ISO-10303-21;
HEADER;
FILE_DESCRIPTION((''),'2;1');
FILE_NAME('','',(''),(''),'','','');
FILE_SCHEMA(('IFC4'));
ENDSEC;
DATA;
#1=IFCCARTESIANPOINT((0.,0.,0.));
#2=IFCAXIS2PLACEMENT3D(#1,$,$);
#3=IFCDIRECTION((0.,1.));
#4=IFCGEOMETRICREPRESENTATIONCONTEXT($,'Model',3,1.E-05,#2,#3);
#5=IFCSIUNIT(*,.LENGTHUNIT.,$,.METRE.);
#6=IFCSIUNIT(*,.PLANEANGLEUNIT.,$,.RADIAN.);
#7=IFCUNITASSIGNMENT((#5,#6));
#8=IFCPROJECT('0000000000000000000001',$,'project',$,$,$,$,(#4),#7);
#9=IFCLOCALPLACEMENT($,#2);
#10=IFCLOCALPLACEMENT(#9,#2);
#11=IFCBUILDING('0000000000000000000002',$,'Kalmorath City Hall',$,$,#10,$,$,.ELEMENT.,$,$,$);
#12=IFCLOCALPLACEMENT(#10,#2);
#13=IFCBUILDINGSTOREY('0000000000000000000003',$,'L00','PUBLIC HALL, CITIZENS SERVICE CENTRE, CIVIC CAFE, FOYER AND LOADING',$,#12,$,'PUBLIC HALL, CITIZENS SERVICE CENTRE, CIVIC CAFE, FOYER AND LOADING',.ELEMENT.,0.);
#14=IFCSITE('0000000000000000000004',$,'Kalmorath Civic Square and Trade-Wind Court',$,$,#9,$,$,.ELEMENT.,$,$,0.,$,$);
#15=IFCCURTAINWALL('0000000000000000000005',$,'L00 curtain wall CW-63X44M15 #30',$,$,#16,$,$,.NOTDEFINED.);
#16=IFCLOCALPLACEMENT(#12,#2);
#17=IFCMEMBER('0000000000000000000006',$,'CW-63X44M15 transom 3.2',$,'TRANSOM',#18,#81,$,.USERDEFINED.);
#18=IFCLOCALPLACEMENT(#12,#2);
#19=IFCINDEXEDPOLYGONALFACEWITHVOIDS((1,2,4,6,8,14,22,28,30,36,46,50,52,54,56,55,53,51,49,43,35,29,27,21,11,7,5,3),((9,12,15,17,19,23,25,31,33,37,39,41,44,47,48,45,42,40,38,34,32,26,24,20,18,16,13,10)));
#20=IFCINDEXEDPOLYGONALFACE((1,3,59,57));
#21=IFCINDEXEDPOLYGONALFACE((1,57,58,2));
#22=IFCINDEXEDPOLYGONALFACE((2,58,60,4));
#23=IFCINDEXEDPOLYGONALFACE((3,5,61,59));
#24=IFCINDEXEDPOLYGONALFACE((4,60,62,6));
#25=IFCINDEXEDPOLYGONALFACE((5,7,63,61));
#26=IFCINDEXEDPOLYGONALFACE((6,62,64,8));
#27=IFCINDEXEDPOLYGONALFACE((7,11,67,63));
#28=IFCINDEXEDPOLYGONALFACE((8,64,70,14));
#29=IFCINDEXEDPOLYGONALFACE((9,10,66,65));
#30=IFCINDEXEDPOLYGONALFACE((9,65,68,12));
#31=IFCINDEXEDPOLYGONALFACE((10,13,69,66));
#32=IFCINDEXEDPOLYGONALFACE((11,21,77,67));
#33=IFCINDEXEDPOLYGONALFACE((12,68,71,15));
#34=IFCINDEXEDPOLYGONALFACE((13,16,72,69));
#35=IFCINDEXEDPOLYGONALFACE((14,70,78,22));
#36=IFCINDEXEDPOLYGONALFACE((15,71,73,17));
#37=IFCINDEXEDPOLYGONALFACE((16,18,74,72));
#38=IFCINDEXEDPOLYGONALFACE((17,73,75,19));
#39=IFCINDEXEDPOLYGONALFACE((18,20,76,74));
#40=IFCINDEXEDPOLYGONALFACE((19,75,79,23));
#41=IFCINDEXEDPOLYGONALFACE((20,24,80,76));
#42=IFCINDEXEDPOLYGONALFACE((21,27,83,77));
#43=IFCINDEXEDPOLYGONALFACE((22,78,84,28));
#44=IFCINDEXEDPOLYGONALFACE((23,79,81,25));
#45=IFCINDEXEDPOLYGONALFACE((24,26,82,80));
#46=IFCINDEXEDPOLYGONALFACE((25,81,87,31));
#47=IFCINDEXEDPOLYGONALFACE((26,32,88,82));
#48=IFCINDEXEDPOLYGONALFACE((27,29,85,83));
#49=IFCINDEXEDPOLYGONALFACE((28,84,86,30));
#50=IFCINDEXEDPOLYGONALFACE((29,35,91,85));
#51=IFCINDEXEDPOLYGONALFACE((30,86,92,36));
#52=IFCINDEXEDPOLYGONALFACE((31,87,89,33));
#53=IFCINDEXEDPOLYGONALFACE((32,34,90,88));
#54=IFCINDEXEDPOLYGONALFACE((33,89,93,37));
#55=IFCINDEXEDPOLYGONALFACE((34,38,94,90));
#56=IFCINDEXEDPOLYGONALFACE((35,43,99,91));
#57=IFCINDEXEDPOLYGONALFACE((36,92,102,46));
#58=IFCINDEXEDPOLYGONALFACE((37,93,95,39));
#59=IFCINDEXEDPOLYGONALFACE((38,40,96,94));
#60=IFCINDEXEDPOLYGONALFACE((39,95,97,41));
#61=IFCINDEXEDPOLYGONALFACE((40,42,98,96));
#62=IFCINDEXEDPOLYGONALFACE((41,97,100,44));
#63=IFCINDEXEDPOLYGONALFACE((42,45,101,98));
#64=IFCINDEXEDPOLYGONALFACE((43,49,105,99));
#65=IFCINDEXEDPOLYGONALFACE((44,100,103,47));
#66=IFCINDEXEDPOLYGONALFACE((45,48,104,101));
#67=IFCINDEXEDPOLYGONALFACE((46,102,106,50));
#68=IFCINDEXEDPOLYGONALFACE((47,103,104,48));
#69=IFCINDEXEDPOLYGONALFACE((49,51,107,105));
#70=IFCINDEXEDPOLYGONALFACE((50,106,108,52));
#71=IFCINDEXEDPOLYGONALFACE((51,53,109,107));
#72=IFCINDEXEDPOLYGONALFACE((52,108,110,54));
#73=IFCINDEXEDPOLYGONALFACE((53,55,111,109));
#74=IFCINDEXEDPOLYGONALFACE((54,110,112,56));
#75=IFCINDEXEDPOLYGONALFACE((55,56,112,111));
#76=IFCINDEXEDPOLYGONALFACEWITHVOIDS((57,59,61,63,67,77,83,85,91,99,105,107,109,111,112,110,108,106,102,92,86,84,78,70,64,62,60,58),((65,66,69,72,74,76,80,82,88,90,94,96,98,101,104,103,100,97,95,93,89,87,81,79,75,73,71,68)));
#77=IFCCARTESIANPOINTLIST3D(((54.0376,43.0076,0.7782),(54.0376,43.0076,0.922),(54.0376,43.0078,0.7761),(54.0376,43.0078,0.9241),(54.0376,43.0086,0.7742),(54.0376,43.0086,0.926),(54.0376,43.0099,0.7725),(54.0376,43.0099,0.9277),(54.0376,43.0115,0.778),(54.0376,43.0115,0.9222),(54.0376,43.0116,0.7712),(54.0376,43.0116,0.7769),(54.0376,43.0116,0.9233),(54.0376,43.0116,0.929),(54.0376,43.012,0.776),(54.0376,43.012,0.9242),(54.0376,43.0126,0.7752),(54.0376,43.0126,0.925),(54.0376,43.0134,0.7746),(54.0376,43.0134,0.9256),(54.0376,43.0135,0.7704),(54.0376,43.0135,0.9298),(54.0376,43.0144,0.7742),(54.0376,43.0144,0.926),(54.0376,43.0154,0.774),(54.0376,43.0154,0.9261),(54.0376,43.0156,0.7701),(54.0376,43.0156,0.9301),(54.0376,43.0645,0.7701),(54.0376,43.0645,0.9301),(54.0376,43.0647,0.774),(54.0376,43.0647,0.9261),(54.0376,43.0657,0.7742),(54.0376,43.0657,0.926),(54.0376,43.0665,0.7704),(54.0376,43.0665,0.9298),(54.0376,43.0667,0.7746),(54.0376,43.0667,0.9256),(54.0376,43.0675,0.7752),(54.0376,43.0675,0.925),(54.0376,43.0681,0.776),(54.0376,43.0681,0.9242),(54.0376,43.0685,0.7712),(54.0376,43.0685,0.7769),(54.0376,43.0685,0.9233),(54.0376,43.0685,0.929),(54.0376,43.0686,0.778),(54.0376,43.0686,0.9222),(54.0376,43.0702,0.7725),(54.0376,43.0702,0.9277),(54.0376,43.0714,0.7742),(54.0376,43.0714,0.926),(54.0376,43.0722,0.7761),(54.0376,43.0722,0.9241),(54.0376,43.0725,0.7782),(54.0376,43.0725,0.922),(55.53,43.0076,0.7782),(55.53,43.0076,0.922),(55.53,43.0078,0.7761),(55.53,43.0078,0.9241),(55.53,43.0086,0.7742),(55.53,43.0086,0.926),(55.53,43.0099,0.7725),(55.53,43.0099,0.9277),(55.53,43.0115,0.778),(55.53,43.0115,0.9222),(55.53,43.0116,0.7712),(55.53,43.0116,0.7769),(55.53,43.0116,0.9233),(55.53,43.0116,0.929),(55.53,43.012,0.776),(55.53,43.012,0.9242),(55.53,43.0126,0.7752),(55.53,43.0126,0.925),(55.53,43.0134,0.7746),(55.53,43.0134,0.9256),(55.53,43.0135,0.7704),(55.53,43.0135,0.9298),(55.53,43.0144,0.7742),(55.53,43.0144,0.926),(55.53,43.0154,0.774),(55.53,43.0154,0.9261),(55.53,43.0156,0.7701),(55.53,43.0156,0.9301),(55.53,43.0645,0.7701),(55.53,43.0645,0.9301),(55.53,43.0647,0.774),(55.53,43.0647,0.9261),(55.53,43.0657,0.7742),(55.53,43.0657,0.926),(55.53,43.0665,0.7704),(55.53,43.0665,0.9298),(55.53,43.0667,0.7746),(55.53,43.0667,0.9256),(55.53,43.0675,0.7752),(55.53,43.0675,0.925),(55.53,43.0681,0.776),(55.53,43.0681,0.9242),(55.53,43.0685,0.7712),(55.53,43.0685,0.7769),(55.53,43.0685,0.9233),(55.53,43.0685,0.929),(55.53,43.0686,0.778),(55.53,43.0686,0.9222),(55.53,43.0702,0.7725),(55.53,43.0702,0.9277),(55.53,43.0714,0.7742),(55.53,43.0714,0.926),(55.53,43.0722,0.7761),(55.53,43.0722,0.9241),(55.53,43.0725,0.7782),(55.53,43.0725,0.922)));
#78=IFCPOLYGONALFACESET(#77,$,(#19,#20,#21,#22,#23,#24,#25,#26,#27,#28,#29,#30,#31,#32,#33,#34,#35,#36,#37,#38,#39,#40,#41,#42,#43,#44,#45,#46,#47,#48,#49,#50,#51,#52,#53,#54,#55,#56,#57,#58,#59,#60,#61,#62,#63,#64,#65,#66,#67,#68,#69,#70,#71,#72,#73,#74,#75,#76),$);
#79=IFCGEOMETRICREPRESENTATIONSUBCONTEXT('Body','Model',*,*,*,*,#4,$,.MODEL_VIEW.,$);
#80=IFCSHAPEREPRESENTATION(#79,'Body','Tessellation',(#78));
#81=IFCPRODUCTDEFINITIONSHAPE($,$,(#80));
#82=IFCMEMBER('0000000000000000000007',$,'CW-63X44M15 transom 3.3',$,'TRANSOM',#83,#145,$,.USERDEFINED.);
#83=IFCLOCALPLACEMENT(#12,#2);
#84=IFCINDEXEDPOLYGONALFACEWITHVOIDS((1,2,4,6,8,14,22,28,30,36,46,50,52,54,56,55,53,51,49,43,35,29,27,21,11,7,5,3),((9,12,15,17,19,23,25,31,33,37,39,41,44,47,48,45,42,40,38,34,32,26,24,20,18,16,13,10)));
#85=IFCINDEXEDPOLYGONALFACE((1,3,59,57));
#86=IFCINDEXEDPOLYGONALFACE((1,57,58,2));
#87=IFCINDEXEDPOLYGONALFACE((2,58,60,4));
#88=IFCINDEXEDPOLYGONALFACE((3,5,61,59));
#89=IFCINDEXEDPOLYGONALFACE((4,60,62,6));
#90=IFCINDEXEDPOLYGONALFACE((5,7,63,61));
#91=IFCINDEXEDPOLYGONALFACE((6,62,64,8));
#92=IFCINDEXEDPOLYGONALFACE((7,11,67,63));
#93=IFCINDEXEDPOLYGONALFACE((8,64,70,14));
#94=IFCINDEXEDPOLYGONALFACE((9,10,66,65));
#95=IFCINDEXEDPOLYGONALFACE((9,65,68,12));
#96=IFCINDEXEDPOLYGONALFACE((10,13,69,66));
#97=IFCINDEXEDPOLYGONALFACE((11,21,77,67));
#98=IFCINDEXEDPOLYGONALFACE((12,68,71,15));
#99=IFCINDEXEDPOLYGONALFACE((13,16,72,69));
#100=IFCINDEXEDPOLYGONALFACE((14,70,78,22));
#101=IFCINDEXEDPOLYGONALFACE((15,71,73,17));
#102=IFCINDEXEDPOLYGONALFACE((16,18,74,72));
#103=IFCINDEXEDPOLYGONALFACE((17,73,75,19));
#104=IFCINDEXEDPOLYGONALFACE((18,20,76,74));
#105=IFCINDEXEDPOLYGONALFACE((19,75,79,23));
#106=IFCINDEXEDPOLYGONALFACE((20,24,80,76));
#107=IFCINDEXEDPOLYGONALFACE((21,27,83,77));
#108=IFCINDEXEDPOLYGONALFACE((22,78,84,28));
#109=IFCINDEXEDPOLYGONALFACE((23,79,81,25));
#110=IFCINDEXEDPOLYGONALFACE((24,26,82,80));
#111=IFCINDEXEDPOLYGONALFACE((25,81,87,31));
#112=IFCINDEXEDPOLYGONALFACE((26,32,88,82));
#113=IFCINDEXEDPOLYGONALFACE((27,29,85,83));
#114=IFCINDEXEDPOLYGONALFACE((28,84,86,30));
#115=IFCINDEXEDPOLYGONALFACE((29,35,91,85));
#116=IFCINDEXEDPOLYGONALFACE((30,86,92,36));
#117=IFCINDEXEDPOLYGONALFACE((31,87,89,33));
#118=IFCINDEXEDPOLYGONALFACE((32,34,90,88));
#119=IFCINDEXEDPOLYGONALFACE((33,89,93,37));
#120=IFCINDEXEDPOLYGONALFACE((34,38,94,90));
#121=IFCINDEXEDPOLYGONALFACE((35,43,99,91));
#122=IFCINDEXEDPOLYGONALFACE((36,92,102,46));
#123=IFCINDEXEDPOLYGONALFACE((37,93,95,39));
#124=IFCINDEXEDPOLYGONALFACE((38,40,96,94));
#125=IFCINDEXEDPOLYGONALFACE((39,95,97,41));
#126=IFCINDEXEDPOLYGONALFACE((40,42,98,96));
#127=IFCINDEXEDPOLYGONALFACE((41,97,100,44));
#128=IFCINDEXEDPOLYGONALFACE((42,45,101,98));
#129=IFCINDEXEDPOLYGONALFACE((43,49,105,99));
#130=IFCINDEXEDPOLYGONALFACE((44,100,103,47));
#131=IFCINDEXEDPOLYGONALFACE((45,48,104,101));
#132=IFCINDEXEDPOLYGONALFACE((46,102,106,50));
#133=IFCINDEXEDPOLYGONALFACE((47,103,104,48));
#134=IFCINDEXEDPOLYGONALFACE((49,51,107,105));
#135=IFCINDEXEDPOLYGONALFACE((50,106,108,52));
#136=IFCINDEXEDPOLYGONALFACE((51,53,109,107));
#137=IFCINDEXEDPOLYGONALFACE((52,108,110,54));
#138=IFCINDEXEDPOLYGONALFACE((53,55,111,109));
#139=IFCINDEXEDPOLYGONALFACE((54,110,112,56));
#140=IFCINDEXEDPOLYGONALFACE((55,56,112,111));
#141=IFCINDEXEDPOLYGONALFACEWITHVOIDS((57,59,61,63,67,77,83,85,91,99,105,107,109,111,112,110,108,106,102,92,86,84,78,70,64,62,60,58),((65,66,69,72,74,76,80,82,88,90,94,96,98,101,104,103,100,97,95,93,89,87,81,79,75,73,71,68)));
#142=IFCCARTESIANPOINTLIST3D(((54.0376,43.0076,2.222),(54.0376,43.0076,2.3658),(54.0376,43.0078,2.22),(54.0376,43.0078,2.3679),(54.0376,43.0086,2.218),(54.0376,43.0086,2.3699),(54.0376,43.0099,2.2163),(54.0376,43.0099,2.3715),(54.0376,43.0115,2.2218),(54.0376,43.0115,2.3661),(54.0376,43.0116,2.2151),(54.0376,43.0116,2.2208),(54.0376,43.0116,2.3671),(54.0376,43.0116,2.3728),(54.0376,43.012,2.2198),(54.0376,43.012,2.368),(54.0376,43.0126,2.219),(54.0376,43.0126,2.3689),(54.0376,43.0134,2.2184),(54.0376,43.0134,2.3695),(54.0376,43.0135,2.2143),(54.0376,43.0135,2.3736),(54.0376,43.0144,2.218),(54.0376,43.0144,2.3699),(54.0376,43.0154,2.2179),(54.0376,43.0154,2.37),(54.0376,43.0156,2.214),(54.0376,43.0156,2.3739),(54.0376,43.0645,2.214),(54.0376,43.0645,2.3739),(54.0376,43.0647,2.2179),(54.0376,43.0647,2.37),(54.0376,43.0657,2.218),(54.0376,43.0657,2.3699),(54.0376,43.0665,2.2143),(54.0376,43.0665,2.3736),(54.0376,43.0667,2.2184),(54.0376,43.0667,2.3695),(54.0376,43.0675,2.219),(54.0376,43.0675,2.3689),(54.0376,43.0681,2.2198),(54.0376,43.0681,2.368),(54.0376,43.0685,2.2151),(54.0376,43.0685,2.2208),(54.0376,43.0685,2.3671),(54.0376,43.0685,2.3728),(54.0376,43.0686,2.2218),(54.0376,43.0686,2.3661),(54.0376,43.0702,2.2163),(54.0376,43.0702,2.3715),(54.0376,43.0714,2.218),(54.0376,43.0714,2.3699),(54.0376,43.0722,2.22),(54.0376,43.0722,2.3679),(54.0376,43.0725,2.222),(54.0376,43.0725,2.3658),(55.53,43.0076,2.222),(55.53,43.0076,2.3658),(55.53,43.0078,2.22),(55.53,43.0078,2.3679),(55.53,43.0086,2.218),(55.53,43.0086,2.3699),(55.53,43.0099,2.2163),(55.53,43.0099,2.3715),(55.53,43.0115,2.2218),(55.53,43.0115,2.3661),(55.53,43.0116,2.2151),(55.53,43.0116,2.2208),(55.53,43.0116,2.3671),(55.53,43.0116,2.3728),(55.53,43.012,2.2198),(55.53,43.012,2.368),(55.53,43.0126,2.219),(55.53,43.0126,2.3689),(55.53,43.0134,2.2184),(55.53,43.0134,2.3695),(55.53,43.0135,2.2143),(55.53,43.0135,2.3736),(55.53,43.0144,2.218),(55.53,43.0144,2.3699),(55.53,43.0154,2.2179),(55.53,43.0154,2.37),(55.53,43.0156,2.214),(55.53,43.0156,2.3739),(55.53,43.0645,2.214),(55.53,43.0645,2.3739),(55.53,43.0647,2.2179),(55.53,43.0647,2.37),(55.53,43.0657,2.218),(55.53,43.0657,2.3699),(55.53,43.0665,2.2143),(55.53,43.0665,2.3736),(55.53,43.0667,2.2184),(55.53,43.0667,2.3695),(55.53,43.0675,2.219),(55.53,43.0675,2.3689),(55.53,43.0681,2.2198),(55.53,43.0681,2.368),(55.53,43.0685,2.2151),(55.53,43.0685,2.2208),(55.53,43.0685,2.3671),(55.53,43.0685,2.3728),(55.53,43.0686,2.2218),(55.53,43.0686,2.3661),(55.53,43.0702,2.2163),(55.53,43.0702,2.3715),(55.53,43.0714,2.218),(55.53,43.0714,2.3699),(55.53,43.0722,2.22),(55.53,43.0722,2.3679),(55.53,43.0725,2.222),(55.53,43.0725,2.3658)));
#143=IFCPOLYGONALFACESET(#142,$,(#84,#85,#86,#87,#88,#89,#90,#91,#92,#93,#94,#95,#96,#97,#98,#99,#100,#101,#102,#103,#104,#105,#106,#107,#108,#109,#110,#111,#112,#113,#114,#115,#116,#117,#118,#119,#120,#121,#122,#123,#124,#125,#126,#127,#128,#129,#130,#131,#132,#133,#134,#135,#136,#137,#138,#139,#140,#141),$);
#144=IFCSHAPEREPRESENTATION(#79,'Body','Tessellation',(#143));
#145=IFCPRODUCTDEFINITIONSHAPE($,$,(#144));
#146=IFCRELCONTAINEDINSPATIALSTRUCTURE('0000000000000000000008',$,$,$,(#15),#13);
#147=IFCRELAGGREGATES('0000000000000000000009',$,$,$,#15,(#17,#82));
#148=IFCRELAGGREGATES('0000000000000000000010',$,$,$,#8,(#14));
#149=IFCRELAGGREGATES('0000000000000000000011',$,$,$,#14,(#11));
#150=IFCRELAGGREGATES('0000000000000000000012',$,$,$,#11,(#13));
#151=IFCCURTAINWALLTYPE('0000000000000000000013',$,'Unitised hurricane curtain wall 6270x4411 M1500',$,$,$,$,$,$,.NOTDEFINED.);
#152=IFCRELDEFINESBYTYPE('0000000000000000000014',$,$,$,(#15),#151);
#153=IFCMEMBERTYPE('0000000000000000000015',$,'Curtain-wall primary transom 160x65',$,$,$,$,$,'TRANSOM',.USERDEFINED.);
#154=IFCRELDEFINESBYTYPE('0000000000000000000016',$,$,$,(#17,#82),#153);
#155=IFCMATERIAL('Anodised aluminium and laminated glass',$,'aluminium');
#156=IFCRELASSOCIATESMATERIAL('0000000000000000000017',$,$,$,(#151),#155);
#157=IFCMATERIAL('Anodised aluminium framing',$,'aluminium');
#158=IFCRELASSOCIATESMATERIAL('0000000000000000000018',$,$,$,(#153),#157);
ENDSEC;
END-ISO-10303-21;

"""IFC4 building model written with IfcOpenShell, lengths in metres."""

from ifc_helpers import new_model, si_unit, direction, frame, origin, origin_2d, place, context, subcontext, project, spatial, hollow_rectangle, extrude, material, material_profile, profile_set, type_object, element, aggregate, save


model = new_model("IFC4")

# Units and contexts
model_context = context("Model", 3, precision=1e-05, world=origin(), true_north=direction((0.0, 1.0)))
body_context = subcontext(model_context, "Body", "Model", "MODEL_VIEW")
ifc_project = project(units=[si_unit("LENGTHUNIT", "METRE"), si_unit("PLANEANGLEUNIT", "RADIAN")], contexts=[model_context])

# Site, building, storey
site_placement = place(None, origin())
site = spatial("IfcSite", under=ifc_project, at=site_placement, Name="Kalmorath Civic Square and Trade-Wind Court", CompositionType="ELEMENT", RefElevation=0.0)
building_placement = place(site_placement, origin())
building = spatial("IfcBuilding", under=site, at=building_placement, Name="Kalmorath City Hall", CompositionType="ELEMENT")
storey_placement = place(building_placement, origin())
storey = spatial("IfcBuildingStorey", under=building, at=storey_placement, Name="L00", Description="PUBLIC HALL, CITIZENS SERVICE CENTRE, CIVIC CAFE, FOYER AND LOADING", LongName="PUBLIC HALL, CITIZENS SERVICE CENTRE, CIVIC CAFE, FOYER AND LOADING", CompositionType="ELEMENT", Elevation=0.0)

# Curtain wall, members
ifc_material_1 = material(Name="Anodised aluminium and laminated glass", Category="aluminium")
curtain_wall_type = type_object("IfcCurtainWallType", Name="Unitised hurricane curtain wall 6270x4411 M1500", PredefinedType="NOTDEFINED", material=ifc_material_1)
curtain_wall_placement = place(storey_placement, origin())
curtain_wall = element("IfcCurtainWall", 1, at=curtain_wall_placement, inside=storey, type_object=curtain_wall_type, Name="L00 curtain wall CW-63X44M15 #30", PredefinedType="NOTDEFINED")
ifc_material_2 = material(Name="Anodised aluminium framing", Category="aluminium")
ifc_material_profile_1 = material_profile(ifc_material_2, hollow_rectangle(XDim=0.0649, YDim=0.1599, WallThickness=0.0039, InnerFilletRadius=0.0039, OuterFilletRadius=0.0081, at=origin_2d()), Name="ALU-TRN-160X65X4")
ifc_profile_set_1 = profile_set([ifc_material_profile_1], Name="Anodised aluminium framing")
member_type_1 = type_object("IfcMemberType", Name="Curtain-wall primary transom 160x65", ElementType="TRANSOM", PredefinedType="USERDEFINED", material=ifc_profile_set_1)
member_1_placement = place(storey_placement, frame((54.0376, 43.04, 0.8501), z_axis=(1.0, 0.0, 0.0), x_axis=(0.0, 1.0, 0.0)))
member_1 = element("IfcMember", 2, at=member_1_placement, type_object=member_type_1, Name="CW-63X44M15 transom 3.2", ObjectType="TRANSOM", PredefinedType="USERDEFINED", context=body_context, shape_type="SweptSolid", body=[
    extrude(hollow_rectangle(XDim=0.0649, YDim=0.1599, WallThickness=0.0039, InnerFilletRadius=0.0039, OuterFilletRadius=0.0081, at=origin_2d()), origin(), (0.0, 0.0, 1.0), 1.4924),
])
member_2_placement = place(storey_placement, frame((54.0376, 43.04, 2.2939), z_axis=(1.0, 0.0, 0.0), x_axis=(0.0, 1.0, 0.0)))
member_2 = element("IfcMember", 3, at=member_2_placement, type_object=member_type_1, Name="CW-63X44M15 transom 3.3", ObjectType="TRANSOM", PredefinedType="USERDEFINED", context=body_context, shape_type="SweptSolid", body=[
    extrude(hollow_rectangle(XDim=0.0649, YDim=0.1599, WallThickness=0.0039, InnerFilletRadius=0.0039, OuterFilletRadius=0.0081, at=origin_2d()), origin(), (0.0, 0.0, 1.0), 1.4924),
])

aggregate(curtain_wall, [member_1, member_2])

save(model, "model.ifc")
